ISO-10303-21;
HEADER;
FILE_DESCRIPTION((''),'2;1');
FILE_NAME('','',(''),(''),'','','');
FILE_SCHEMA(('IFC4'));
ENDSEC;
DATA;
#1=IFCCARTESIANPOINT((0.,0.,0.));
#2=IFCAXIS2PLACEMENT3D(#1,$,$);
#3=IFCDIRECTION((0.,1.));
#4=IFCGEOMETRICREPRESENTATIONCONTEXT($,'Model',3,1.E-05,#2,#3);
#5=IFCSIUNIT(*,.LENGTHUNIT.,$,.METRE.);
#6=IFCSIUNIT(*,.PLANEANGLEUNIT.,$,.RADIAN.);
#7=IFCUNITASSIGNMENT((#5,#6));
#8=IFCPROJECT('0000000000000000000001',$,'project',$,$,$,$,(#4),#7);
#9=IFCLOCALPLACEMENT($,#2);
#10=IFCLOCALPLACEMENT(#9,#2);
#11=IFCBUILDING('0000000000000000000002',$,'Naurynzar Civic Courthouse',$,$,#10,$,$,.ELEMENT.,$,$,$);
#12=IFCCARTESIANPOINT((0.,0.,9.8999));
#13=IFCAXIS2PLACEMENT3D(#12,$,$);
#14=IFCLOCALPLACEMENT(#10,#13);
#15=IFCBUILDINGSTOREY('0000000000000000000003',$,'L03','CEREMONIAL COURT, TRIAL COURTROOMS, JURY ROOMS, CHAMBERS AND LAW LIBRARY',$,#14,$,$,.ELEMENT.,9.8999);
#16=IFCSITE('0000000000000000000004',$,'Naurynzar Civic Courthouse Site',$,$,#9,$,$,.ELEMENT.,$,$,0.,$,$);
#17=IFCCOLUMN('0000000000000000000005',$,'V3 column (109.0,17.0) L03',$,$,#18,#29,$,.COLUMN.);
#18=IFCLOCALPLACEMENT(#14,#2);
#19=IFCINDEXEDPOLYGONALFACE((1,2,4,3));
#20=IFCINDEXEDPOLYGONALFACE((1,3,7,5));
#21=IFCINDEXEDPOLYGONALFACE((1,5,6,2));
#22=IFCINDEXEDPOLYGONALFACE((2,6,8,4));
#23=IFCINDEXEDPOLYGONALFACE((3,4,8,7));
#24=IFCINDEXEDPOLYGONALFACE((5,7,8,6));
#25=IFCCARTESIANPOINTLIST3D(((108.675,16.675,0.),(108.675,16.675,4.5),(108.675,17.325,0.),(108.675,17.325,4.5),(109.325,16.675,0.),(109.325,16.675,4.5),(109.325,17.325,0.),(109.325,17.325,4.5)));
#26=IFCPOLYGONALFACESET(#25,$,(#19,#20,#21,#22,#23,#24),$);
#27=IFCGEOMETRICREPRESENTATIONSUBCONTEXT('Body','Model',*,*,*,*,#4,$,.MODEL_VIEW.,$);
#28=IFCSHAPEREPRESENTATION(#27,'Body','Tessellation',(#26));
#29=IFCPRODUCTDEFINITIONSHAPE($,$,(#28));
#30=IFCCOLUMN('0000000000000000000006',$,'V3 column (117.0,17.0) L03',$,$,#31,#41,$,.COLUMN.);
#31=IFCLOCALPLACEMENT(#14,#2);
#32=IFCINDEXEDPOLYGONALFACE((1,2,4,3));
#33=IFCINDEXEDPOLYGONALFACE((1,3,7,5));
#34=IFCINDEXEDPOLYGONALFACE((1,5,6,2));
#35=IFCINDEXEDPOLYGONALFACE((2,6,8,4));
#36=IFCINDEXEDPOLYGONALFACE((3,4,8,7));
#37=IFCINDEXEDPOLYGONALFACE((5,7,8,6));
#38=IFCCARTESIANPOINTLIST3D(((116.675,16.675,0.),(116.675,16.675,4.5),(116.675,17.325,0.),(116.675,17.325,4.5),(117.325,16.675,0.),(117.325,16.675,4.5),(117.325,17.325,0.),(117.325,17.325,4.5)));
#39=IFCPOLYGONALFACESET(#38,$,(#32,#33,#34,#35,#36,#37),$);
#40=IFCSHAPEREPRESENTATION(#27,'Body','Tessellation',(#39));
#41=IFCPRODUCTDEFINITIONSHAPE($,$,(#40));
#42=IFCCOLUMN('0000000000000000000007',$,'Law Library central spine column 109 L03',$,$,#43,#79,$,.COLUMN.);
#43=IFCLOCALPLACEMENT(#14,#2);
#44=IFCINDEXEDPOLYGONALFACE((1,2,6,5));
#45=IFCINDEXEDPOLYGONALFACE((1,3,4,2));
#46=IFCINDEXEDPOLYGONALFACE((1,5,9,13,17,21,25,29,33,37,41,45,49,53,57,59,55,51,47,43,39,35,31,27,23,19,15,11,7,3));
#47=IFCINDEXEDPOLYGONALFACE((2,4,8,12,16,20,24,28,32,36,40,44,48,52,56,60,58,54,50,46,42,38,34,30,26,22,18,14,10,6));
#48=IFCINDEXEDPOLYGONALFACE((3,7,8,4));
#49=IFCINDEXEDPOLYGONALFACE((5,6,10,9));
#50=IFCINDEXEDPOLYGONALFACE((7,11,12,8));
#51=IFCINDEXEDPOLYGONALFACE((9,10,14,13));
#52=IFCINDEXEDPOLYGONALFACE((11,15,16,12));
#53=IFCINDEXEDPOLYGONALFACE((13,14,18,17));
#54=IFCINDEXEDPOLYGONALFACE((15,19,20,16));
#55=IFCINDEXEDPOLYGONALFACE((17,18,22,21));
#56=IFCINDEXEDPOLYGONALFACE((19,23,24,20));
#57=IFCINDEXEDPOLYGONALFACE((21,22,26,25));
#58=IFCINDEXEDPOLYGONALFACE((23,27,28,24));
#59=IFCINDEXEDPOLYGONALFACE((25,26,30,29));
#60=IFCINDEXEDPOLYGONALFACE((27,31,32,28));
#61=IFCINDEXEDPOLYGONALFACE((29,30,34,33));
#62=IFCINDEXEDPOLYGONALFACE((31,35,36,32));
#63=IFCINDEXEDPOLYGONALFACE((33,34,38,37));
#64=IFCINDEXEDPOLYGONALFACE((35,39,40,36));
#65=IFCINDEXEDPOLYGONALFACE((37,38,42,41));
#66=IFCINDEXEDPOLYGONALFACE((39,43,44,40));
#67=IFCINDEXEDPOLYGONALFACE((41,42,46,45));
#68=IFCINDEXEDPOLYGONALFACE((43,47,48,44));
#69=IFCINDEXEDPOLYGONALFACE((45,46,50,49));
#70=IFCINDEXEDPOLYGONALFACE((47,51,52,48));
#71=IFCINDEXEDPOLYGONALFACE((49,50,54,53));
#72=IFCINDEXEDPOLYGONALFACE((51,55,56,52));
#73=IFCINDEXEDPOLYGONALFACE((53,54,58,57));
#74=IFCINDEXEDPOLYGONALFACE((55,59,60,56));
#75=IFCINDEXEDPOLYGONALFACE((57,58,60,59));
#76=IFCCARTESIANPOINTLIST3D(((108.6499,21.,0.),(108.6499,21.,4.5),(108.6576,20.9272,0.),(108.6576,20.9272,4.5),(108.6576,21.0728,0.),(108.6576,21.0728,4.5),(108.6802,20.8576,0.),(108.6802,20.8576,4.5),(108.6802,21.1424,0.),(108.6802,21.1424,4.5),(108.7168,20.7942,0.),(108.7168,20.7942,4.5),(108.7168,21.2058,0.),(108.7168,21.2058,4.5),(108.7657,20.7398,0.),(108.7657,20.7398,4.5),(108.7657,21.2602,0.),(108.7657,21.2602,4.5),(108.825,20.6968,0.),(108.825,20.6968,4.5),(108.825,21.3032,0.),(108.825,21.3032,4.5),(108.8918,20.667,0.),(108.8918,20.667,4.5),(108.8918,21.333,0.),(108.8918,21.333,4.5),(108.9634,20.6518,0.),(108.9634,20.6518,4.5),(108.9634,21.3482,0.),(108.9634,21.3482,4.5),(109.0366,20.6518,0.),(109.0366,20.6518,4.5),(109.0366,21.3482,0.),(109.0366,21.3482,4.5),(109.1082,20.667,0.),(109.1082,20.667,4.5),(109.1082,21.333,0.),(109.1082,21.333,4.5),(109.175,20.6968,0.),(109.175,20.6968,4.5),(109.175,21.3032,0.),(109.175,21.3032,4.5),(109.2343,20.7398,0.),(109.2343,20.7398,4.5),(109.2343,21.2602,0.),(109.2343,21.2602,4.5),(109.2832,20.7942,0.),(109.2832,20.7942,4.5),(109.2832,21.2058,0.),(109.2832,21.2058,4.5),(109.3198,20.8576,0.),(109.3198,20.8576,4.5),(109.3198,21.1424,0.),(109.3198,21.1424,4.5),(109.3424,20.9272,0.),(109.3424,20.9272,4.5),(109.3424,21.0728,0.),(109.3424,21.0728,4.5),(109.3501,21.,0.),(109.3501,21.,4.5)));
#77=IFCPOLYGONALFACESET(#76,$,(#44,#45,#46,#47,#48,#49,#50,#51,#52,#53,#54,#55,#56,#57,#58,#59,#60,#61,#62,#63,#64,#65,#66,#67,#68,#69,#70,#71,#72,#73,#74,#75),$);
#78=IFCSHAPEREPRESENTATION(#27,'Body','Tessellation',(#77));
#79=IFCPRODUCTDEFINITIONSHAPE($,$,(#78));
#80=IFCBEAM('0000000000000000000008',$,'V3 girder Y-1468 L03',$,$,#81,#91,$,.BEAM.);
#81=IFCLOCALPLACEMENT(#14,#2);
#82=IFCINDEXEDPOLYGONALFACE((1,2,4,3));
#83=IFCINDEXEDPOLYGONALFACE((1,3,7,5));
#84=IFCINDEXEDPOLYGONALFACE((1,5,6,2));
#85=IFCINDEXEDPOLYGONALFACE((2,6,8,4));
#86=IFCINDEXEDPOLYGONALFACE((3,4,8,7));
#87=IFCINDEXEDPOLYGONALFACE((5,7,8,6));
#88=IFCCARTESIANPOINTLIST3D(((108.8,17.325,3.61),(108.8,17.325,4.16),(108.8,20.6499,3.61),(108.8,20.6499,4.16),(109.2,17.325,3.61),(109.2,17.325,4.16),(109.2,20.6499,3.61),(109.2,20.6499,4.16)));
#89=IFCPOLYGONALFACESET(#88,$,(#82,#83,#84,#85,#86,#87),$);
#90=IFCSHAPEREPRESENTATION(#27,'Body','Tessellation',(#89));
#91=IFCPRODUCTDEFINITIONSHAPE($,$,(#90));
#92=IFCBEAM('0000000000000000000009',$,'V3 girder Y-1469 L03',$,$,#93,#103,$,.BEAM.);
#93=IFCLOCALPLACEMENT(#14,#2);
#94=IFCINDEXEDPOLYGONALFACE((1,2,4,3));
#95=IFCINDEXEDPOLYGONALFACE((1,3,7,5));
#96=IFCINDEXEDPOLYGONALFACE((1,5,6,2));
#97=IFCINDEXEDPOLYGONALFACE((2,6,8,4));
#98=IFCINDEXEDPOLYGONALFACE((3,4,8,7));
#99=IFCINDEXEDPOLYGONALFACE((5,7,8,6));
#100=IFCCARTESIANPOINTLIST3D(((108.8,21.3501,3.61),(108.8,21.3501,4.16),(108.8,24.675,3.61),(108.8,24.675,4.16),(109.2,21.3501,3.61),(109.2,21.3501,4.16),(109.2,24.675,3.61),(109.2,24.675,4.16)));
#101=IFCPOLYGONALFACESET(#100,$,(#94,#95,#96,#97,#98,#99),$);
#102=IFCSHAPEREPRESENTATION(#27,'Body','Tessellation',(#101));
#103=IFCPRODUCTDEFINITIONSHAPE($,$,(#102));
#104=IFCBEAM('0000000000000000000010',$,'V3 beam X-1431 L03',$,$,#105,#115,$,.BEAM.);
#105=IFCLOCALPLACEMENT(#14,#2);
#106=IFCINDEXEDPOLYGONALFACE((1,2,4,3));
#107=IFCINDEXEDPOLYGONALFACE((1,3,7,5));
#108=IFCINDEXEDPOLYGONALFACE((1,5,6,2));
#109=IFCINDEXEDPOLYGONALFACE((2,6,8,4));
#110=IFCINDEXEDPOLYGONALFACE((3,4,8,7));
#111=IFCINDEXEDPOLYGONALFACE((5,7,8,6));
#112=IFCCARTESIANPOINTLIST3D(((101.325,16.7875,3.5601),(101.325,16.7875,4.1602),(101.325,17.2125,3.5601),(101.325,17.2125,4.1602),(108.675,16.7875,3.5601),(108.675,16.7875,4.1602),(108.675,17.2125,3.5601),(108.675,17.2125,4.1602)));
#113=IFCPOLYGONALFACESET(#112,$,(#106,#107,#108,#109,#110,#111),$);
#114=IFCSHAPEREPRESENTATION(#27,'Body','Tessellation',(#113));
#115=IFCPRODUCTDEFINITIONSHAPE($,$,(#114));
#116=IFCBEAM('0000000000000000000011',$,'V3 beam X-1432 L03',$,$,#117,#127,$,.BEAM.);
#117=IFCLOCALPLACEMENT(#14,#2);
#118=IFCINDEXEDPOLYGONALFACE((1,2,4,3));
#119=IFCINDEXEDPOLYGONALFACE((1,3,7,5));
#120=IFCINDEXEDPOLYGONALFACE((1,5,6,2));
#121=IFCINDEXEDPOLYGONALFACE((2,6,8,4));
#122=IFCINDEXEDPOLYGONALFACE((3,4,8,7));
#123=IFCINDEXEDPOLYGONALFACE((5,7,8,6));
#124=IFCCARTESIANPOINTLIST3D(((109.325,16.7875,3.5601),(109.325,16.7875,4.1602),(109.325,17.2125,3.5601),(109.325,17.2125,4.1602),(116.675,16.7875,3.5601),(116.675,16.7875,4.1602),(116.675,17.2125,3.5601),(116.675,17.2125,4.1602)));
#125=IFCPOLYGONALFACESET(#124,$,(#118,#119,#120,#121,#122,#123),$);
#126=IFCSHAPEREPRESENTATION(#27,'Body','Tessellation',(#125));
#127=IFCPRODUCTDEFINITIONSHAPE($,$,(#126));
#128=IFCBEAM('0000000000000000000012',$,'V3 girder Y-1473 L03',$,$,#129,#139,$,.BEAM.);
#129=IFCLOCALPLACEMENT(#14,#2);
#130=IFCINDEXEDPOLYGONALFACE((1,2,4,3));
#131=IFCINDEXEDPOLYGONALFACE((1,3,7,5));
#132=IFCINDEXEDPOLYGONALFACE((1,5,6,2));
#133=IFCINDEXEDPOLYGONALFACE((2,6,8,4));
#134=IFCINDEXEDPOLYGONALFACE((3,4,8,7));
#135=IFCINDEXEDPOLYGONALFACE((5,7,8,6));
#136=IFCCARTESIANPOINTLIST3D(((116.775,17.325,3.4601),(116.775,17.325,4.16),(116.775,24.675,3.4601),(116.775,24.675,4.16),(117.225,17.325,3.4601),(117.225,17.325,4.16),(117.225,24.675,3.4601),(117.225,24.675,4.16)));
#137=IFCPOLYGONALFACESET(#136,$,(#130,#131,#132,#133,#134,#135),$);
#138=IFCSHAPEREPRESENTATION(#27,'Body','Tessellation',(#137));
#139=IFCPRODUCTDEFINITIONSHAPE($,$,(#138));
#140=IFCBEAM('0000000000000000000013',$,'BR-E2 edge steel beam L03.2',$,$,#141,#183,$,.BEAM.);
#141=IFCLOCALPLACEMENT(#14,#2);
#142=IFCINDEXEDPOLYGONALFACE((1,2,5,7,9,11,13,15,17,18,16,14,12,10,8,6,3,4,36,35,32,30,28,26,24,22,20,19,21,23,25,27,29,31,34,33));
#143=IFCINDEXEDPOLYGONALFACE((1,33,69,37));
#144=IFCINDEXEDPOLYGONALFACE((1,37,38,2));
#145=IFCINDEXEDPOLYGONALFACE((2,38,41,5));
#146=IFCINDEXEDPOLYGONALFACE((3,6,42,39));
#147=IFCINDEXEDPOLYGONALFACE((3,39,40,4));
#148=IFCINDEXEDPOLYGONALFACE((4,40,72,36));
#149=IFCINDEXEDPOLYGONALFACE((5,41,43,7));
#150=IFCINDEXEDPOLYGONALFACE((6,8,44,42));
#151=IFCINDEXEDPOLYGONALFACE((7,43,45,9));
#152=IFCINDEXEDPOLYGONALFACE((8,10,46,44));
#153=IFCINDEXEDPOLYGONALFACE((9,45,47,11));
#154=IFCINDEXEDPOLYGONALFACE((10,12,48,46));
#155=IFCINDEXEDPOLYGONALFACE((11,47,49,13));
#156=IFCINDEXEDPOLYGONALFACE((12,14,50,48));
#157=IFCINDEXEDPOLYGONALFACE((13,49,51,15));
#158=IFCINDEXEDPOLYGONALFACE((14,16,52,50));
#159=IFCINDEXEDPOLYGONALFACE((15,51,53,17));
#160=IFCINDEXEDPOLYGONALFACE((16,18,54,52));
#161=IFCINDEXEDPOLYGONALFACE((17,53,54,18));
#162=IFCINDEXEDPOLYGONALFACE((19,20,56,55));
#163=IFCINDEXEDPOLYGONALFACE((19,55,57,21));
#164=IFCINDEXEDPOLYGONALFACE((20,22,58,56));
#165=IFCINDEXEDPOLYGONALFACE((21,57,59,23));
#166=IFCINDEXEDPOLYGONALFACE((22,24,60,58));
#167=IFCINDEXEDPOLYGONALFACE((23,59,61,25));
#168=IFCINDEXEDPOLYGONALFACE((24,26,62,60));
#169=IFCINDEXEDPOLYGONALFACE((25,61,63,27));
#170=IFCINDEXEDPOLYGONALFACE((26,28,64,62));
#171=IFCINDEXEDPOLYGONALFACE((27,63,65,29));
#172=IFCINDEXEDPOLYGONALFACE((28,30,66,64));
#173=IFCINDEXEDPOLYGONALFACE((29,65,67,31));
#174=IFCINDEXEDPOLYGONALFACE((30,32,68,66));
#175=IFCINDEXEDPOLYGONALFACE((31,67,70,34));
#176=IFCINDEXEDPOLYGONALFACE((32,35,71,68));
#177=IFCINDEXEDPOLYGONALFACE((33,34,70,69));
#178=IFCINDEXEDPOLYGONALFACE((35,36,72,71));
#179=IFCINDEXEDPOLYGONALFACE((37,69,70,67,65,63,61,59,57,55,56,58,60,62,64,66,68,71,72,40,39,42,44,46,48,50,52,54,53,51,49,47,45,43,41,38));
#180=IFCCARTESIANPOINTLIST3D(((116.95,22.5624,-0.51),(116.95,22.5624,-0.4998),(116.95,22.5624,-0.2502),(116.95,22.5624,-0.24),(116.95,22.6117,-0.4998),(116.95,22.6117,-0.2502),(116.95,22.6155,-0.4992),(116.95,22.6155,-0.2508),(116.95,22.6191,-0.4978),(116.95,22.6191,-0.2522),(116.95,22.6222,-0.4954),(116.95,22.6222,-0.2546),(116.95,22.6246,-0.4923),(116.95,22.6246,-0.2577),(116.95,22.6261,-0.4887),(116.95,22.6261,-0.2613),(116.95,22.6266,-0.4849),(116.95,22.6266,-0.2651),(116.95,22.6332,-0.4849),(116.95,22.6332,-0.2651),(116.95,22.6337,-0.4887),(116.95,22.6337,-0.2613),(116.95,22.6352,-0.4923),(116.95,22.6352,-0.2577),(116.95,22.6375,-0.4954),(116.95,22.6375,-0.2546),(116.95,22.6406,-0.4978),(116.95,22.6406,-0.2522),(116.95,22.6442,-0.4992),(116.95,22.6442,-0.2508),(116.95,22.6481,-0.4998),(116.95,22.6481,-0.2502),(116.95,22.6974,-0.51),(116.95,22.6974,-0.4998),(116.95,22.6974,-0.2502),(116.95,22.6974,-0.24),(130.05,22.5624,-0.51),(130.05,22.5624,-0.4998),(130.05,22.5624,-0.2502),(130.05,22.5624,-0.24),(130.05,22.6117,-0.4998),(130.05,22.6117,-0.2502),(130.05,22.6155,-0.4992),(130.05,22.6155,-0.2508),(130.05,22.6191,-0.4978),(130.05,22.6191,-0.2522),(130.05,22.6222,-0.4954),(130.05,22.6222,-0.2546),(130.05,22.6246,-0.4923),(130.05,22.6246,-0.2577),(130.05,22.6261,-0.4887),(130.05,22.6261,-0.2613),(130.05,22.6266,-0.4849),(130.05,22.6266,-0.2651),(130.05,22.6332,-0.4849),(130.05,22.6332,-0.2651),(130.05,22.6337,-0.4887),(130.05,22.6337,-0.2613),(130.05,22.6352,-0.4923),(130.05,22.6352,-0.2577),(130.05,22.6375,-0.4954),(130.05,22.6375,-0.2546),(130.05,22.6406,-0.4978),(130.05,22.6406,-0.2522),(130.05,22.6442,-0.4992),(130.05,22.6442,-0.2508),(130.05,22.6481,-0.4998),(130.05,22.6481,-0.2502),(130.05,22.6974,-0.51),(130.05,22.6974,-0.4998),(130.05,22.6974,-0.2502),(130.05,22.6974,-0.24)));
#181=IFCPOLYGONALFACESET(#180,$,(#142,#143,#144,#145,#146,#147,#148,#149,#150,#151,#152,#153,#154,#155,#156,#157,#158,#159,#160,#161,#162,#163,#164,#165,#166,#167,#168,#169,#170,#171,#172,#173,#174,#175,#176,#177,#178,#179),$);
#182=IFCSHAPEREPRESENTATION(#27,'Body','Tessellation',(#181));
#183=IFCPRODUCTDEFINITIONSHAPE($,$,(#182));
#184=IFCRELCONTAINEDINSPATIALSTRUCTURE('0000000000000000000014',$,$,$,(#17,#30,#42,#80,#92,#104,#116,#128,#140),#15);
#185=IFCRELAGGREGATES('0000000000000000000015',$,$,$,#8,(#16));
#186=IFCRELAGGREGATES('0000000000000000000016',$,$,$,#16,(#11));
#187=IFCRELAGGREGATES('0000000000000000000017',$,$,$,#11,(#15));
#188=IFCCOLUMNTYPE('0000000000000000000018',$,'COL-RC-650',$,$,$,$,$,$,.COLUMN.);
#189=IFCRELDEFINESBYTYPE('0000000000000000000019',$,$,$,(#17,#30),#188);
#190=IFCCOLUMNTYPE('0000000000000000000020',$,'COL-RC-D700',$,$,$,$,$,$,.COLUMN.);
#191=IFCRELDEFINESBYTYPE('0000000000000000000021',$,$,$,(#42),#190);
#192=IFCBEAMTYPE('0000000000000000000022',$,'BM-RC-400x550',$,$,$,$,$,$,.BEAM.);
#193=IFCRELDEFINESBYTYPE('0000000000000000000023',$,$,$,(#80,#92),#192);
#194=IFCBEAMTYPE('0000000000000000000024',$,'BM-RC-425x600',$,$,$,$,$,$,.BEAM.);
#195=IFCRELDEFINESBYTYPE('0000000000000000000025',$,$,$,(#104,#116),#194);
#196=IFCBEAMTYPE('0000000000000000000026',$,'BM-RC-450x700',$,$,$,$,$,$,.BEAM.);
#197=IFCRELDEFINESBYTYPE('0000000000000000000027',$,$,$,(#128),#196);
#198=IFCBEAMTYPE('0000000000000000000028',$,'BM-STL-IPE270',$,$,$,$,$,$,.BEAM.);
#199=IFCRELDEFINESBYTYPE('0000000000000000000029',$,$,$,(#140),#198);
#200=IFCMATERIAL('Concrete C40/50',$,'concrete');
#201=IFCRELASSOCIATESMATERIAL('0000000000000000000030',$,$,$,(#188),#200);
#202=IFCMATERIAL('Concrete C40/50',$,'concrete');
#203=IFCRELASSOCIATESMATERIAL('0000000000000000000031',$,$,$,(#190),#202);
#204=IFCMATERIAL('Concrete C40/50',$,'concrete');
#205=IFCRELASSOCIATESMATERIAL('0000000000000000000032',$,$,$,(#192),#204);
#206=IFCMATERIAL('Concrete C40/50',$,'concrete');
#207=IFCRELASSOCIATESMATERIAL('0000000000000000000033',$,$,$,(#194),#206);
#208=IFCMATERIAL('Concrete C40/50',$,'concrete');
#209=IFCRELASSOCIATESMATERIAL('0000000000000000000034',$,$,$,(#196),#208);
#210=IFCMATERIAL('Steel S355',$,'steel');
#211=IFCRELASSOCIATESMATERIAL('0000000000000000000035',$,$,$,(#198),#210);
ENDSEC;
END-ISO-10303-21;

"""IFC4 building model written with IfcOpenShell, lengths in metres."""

from ifc_helpers import new_model, si_unit, direction, frame, origin, origin_2d, place, context, subcontext, project, spatial, rectangle, circle, i_section, extrude, material, material_profile, profile_set, type_object, element, save


model = new_model("IFC4")

# Units and contexts
model_context = context("Model", 3, precision=1e-05, world=origin(), true_north=direction((0.0, 1.0)))
body_context = subcontext(model_context, "Body", "Model", "MODEL_VIEW")
ifc_project = project(units=[si_unit("LENGTHUNIT", "METRE"), si_unit("PLANEANGLEUNIT", "RADIAN")], contexts=[model_context])

# Site, building, storey
site_placement = place(None, origin())
site = spatial("IfcSite", under=ifc_project, at=site_placement, Name="Naurynzar Civic Courthouse Site", CompositionType="ELEMENT", RefElevation=0.0)
building_placement = place(site_placement, origin())
building = spatial("IfcBuilding", under=site, at=building_placement, Name="Naurynzar Civic Courthouse", CompositionType="ELEMENT")
storey_placement = place(building_placement, frame((0.0, 0.0, 9.8999)))
storey = spatial("IfcBuildingStorey", under=building, at=storey_placement, Name="L03", Description="CEREMONIAL COURT, TRIAL COURTROOMS, JURY ROOMS, CHAMBERS AND LAW LIBRARY", CompositionType="ELEMENT", Elevation=9.8999)

# Columns
ifc_material_1 = material(Name="Concrete C40/50", Category="concrete")
ifc_material_profile_1 = material_profile(ifc_material_1, rectangle(XDim=0.6499, YDim=0.6499, at=origin_2d()), Name="RC 650x650")
ifc_profile_set_1 = profile_set([ifc_material_profile_1], Name="Concrete C40/50")
column_type_1 = type_object("IfcColumnType", Name="COL-RC-650", PredefinedType="COLUMN", material=ifc_profile_set_1)
for number, where, z_axis, x_axis, name in (
    (1, (109.0, 17.0, 0.0), (0.0, 0.0, 1.0), (1.0, 0.0, 0.0), "V3 column (109.0,17.0) L03"),
    (2, (117.0, 17.0, 0.0), (0.0, 0.0, 1.0), (1.0, 0.0, 0.0), "V3 column (117.0,17.0) L03"),
):
    element("IfcColumn", number, at=place(storey_placement, frame(where, z_axis=z_axis, x_axis=x_axis)), inside=storey, type_object=column_type_1, Name=name, PredefinedType="COLUMN", context=body_context, shape_type="SweptSolid", body=[
        extrude(rectangle(XDim=0.6499, YDim=0.6499, at=origin_2d()), origin(), (0.0, 0.0, 1.0), 4.5),
    ])
ifc_material_2 = material(Name="Concrete C40/50", Category="concrete")
ifc_material_profile_2 = material_profile(ifc_material_2, circle(Radius=0.3501, at=origin_2d()), Name="RC D700")
ifc_profile_set_2 = profile_set([ifc_material_profile_2], Name="Concrete C40/50")
column_type_2 = type_object("IfcColumnType", Name="COL-RC-D700", PredefinedType="COLUMN", material=ifc_profile_set_2)
column_placement = place(storey_placement, frame((109.0, 21.0, 0.0), z_axis=(0.0, 0.0, 1.0), x_axis=(1.0, 0.0, 0.0)))
element("IfcColumn", 3, at=column_placement, inside=storey, type_object=column_type_2, Name="Law Library central spine column 109 L03", PredefinedType="COLUMN", context=body_context, shape_type="SweptSolid", body=[
    extrude(circle(Radius=0.3501, at=origin_2d()), origin(), (0.0, 0.0, 1.0), 4.5),
])

# Beams
ifc_material_3 = material(Name="Concrete C40/50", Category="concrete")
ifc_material_profile_3 = material_profile(ifc_material_3, rectangle(XDim=0.3999, YDim=0.55, at=origin_2d()), Name="RCB 400x550")
ifc_profile_set_3 = profile_set([ifc_material_profile_3], Name="Concrete C40/50")
beam_type_1 = type_object("IfcBeamType", Name="BM-RC-400x550", PredefinedType="BEAM", material=ifc_profile_set_3)
for number, where, z_axis, x_axis, name in (
    (4, (109.0, 17.325, 3.885), (0.0, 1.0, 0.0), (-1.0, 0.0, 0.0), "V3 girder Y-1468 L03"),
    (5, (109.0, 21.3501, 3.885), (0.0, 1.0, 0.0), (-1.0, 0.0, 0.0), "V3 girder Y-1469 L03"),
):
    element("IfcBeam", number, at=place(storey_placement, frame(where, z_axis=z_axis, x_axis=x_axis)), inside=storey, type_object=beam_type_1, Name=name, PredefinedType="BEAM", context=body_context, shape_type="SweptSolid", body=[
        extrude(rectangle(XDim=0.3999, YDim=0.55, at=origin_2d()), origin(), (0.0, 0.0, 1.0), 3.325),
    ])
ifc_material_4 = material(Name="Concrete C40/50", Category="concrete")
ifc_material_profile_4 = material_profile(ifc_material_4, rectangle(XDim=0.425, YDim=0.6001, at=origin_2d()), Name="RCB 425x600")
ifc_profile_set_4 = profile_set([ifc_material_profile_4], Name="Concrete C40/50")
beam_type_2 = type_object("IfcBeamType", Name="BM-RC-425x600", PredefinedType="BEAM", material=ifc_profile_set_4)
for number, where, z_axis, x_axis, name in (
    (6, (101.325, 17.0, 3.8601), (1.0, 0.0, 0.0), (0.0, 1.0, 0.0), "V3 beam X-1431 L03"),
    (7, (109.325, 17.0, 3.8601), (1.0, 0.0, 0.0), (0.0, 1.0, 0.0), "V3 beam X-1432 L03"),
):
    element("IfcBeam", number, at=place(storey_placement, frame(where, z_axis=z_axis, x_axis=x_axis)), inside=storey, type_object=beam_type_2, Name=name, PredefinedType="BEAM", context=body_context, shape_type="SweptSolid", body=[
        extrude(rectangle(XDim=0.425, YDim=0.6001, at=origin_2d()), origin(), (0.0, 0.0, 1.0), 7.3501),
    ])
ifc_material_5 = material(Name="Concrete C40/50", Category="concrete")
ifc_material_profile_5 = material_profile(ifc_material_5, rectangle(XDim=0.45, YDim=0.7, at=origin_2d()), Name="RCB 450x700")
ifc_profile_set_5 = profile_set([ifc_material_profile_5], Name="Concrete C40/50")
beam_type_3 = type_object("IfcBeamType", Name="BM-RC-450x700", PredefinedType="BEAM", material=ifc_profile_set_5)
beam_1_placement = place(storey_placement, frame((117.0, 17.325, 3.8101), z_axis=(0.0, 1.0, 0.0), x_axis=(-1.0, 0.0, 0.0)))
element("IfcBeam", 8, at=beam_1_placement, inside=storey, type_object=beam_type_3, Name="V3 girder Y-1473 L03", PredefinedType="BEAM", context=body_context, shape_type="SweptSolid", body=[
    extrude(rectangle(XDim=0.45, YDim=0.7, at=origin_2d()), origin(), (0.0, 0.0, 1.0), 7.3501),
])
ifc_material_6 = material(Name="Steel S355", Category="steel")
ifc_material_profile_6 = material_profile(ifc_material_6, i_section(OverallWidth=0.135, OverallDepth=0.27, WebThickness=0.0066, FlangeThickness=0.0103, FilletRadius=0.0149, at=origin_2d()), Name="IPE 270")
ifc_profile_set_6 = profile_set([ifc_material_profile_6], Name="Steel S355")
beam_type_4 = type_object("IfcBeamType", Name="BM-STL-IPE270", PredefinedType="BEAM", material=ifc_profile_set_6)
beam_2_placement = place(storey_placement, frame((116.95, 22.6299, -0.375), z_axis=(1.0, 0.0, 0.0), x_axis=(0.0, 1.0, 0.0)))
element("IfcBeam", 9, at=beam_2_placement, inside=storey, type_object=beam_type_4, Name="BR-E2 edge steel beam L03.2", PredefinedType="BEAM", context=body_context, shape_type="SweptSolid", body=[
    extrude(i_section(OverallWidth=0.135, OverallDepth=0.27, WebThickness=0.0066, FlangeThickness=0.0103, FilletRadius=0.0149, at=origin_2d()), origin(), (0.0, 0.0, 1.0), 13.1001),
])

save(model, "model.ifc")
